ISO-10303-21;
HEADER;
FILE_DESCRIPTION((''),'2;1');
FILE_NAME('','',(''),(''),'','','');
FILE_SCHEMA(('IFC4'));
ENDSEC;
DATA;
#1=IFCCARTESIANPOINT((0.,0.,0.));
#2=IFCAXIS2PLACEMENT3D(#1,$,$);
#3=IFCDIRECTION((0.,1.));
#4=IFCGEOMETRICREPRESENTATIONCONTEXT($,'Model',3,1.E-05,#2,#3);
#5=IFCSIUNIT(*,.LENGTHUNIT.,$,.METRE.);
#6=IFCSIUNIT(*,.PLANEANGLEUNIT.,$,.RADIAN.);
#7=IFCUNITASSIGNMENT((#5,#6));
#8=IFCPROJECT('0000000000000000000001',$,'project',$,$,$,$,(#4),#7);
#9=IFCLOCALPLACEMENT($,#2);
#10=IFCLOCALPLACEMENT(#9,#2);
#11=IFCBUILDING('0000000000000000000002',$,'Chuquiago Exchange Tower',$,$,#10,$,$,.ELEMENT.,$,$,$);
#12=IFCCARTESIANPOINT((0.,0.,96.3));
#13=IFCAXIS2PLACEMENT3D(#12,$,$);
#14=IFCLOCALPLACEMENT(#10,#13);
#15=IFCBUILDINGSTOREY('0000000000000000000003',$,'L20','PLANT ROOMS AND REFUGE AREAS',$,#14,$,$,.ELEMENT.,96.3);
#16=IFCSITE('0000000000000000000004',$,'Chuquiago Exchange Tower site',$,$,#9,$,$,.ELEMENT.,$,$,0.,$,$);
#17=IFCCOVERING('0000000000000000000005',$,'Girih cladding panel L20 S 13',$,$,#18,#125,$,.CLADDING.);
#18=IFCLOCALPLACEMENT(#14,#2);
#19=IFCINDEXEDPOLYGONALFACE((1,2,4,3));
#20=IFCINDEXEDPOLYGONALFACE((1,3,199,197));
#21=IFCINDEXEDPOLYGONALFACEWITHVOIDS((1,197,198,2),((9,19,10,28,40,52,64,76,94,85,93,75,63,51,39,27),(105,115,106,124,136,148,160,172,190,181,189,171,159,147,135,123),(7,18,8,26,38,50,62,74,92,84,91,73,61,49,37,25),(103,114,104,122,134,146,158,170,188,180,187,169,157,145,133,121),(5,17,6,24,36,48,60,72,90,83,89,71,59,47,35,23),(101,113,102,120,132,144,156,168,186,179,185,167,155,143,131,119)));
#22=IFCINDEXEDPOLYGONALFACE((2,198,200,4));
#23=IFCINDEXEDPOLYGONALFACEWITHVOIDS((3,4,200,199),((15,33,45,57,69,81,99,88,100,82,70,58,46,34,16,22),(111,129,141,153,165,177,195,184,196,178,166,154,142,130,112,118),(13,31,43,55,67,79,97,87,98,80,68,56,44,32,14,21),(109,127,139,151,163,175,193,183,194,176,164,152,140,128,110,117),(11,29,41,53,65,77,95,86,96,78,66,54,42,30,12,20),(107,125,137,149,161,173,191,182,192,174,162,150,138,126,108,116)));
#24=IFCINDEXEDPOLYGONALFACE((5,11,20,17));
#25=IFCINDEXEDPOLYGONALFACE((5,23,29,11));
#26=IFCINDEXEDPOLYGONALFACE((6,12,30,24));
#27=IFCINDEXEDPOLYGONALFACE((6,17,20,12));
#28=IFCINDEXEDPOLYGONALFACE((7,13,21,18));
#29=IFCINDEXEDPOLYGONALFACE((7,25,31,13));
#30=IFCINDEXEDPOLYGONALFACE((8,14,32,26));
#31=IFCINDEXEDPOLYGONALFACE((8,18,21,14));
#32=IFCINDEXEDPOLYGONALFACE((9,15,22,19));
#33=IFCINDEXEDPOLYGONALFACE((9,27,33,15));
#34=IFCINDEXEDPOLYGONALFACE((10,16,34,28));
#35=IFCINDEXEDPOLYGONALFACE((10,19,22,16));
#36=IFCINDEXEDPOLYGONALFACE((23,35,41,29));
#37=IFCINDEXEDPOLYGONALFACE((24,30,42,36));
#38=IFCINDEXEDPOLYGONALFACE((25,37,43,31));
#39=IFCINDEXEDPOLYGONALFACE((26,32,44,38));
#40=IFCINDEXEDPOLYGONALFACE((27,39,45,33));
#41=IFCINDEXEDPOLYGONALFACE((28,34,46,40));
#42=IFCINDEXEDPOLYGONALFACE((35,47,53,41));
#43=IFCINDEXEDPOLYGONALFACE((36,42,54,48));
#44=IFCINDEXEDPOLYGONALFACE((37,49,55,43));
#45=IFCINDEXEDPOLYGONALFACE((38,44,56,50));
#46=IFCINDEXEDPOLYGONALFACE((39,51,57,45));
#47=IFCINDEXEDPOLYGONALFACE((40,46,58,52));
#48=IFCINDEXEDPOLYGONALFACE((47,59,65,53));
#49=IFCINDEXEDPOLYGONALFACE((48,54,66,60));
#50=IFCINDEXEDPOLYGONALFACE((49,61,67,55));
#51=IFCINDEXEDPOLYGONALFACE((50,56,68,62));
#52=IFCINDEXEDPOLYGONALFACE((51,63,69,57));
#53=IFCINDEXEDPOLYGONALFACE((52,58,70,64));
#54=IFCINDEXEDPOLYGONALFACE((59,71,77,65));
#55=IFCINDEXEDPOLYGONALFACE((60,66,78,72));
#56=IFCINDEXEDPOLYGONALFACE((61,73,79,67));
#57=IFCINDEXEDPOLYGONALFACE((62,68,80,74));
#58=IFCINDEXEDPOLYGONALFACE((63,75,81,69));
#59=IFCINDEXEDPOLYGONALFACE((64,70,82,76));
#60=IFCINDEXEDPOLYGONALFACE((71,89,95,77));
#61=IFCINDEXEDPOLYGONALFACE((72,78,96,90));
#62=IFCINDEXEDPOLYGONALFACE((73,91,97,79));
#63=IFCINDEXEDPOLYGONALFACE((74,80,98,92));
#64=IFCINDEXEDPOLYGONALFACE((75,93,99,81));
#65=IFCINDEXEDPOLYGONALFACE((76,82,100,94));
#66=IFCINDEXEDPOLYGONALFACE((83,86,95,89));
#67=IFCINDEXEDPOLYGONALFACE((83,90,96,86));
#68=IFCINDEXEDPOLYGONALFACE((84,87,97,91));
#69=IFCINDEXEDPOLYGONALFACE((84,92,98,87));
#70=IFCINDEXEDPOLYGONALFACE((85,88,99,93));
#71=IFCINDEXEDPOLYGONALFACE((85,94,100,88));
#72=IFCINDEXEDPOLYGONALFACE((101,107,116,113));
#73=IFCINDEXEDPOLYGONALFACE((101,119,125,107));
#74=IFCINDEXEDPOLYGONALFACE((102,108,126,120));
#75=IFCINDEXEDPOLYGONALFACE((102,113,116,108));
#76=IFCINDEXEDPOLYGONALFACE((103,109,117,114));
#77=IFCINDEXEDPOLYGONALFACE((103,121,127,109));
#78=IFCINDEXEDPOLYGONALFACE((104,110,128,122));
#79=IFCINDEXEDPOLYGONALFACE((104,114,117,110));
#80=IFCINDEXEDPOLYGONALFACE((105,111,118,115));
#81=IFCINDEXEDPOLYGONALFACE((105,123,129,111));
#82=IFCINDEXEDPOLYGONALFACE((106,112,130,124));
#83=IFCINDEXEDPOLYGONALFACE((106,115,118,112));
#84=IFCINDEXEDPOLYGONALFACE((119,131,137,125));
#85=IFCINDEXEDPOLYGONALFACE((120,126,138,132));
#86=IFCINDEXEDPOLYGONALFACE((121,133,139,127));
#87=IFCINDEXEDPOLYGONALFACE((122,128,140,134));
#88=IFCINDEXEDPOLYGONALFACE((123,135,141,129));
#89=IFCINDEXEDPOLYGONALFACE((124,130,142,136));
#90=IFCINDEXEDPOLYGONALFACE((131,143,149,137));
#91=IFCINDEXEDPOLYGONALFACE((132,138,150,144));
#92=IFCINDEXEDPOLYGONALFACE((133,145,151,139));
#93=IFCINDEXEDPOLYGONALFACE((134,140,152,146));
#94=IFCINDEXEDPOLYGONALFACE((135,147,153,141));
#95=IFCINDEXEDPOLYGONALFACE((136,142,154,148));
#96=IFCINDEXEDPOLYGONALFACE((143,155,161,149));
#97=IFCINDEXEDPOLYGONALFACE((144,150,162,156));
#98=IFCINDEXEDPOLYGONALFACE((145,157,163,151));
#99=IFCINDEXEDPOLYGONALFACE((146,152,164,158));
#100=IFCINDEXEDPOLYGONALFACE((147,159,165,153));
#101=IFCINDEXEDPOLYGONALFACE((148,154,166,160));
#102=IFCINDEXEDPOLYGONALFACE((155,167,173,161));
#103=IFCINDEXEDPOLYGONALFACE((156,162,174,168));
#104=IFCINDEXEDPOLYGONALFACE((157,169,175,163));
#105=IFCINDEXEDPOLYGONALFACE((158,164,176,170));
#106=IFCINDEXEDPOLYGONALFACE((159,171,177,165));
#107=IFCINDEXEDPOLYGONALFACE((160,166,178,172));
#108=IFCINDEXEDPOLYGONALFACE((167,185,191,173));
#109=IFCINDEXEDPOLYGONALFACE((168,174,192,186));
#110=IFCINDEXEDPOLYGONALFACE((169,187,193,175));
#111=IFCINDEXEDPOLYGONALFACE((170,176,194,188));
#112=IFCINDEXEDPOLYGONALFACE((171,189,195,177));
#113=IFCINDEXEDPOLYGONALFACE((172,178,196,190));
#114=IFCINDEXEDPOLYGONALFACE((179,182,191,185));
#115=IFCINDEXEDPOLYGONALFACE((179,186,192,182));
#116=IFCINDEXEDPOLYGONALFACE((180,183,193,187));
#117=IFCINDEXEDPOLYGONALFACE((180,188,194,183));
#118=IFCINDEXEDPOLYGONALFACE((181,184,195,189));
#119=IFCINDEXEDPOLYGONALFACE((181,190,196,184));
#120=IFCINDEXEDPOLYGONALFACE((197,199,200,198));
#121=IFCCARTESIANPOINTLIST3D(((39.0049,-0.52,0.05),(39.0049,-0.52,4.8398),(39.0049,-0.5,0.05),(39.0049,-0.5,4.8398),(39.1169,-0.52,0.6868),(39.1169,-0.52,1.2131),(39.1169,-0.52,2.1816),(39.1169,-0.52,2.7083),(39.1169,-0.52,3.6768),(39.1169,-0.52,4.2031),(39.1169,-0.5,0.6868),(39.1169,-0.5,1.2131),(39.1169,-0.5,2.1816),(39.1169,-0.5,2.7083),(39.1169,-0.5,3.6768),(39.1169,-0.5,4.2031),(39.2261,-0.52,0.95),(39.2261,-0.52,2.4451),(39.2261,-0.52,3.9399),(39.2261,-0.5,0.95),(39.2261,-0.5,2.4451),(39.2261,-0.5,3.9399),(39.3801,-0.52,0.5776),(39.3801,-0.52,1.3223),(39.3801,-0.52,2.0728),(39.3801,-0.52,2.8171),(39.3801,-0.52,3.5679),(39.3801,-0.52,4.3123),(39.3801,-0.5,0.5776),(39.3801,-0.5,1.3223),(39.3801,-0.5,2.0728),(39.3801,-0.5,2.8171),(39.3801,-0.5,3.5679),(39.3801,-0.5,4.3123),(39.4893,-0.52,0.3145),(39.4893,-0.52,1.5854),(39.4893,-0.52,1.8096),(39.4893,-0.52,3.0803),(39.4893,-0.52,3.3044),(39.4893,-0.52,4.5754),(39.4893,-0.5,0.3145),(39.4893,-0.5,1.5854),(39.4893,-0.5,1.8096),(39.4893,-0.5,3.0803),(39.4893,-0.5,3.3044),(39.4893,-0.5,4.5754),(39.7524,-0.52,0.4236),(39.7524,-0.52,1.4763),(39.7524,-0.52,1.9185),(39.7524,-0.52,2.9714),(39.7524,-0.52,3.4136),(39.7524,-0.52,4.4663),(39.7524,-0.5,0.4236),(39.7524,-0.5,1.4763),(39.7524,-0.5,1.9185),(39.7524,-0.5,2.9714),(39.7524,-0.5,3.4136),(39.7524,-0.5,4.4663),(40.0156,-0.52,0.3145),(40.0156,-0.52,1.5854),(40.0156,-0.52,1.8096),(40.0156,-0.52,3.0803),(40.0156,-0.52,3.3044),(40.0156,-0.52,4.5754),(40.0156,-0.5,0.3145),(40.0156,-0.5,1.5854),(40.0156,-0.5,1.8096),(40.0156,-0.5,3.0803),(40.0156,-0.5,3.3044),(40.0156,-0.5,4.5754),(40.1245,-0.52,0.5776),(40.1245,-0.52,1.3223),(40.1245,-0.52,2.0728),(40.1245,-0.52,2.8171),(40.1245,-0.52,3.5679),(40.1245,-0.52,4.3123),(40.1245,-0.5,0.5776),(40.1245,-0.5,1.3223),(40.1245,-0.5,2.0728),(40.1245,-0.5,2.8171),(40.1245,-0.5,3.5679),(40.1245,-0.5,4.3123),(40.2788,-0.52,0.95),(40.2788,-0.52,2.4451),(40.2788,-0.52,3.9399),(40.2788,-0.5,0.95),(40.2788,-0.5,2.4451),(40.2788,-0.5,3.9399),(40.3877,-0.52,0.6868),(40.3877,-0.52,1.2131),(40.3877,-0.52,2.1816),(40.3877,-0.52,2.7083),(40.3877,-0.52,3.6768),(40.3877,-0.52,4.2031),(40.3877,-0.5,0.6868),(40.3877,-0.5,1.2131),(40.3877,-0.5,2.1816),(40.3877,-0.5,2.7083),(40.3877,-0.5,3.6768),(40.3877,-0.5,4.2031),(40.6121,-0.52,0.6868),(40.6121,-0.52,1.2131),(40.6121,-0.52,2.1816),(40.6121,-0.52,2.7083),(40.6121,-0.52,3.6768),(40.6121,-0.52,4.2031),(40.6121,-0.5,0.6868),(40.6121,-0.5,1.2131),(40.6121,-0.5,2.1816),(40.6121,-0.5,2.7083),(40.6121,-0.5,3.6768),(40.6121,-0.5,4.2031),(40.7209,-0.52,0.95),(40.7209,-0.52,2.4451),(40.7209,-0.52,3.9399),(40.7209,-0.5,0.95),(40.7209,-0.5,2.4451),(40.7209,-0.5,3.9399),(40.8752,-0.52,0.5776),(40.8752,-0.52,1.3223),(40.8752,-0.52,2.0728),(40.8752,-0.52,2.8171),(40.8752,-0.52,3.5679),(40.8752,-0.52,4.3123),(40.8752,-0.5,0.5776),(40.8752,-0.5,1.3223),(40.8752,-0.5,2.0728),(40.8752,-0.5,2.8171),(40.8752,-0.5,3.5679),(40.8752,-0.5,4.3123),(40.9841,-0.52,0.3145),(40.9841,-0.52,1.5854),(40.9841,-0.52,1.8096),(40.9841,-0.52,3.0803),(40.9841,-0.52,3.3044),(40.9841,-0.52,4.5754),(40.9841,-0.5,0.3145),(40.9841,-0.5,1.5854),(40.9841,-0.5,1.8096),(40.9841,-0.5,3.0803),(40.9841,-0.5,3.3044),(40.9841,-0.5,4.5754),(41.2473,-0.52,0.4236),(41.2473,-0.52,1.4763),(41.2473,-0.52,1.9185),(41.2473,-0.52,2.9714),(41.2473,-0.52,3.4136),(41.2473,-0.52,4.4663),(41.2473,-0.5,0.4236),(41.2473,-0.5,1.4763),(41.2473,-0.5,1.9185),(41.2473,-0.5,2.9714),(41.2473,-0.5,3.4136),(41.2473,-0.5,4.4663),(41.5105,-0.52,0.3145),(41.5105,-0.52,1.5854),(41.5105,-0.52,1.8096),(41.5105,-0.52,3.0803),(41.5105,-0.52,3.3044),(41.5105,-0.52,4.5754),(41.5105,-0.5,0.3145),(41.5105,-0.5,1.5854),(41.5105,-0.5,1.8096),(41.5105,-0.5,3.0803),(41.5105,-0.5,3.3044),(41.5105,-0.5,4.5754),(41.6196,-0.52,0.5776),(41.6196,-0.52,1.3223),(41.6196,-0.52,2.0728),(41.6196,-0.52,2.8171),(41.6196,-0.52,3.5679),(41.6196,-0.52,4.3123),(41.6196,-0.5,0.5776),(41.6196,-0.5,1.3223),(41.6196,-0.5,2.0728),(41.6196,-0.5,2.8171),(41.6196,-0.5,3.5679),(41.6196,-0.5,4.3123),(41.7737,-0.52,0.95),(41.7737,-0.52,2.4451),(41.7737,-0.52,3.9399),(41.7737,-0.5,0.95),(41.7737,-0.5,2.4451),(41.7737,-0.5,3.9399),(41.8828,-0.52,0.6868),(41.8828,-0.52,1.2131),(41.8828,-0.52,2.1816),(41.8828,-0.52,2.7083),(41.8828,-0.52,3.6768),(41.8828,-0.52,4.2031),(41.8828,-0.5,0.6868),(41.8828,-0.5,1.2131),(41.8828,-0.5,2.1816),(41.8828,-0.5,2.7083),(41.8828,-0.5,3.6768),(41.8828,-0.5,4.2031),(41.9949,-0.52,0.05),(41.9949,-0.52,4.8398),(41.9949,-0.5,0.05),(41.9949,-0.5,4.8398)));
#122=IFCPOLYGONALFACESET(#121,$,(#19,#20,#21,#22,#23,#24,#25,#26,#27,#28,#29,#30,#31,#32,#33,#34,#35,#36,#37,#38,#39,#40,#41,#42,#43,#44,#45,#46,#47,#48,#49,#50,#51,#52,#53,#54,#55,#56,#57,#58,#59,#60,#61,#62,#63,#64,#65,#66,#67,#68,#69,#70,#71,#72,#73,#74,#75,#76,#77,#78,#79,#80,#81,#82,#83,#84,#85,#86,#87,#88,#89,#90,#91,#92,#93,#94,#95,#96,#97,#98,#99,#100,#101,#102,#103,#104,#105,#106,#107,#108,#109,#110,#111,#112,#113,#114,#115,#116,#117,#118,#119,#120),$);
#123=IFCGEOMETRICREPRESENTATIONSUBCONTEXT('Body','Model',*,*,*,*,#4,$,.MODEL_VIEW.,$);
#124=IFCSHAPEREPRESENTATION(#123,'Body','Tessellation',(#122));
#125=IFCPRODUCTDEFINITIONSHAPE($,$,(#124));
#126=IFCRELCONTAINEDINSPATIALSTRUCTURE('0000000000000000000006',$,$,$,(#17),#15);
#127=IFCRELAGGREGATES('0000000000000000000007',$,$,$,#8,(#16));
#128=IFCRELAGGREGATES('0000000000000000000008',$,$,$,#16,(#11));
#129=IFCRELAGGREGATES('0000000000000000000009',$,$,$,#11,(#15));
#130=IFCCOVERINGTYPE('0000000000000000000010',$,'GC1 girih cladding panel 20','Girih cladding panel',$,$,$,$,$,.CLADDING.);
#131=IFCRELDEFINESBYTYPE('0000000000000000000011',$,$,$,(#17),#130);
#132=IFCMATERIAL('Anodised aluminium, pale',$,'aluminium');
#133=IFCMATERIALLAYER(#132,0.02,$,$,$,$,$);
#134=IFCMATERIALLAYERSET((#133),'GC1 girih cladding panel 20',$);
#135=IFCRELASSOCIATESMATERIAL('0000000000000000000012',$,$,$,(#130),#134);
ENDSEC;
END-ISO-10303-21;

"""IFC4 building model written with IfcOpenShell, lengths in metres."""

from ifc_helpers import new_model, si_unit, direction, frame, origin, place, context, subcontext, project, spatial, polyline, outline, extrude, material, layer, layer_set, type_object, element, save


model = new_model("IFC4")

# Units and contexts
model_context = context("Model", 3, precision=1e-05, world=origin(), true_north=direction((0.0, 1.0)))
body_context = subcontext(model_context, "Body", "Model", "MODEL_VIEW")
ifc_project = project(units=[si_unit("LENGTHUNIT", "METRE"), si_unit("PLANEANGLEUNIT", "RADIAN")], contexts=[model_context])

# Site, building, storey
site_placement = place(None, origin())
site = spatial("IfcSite", under=ifc_project, at=site_placement, Name="Chuquiago Exchange Tower site", CompositionType="ELEMENT", RefElevation=0.0)
building_placement = place(site_placement, origin())
building = spatial("IfcBuilding", under=site, at=building_placement, Name="Chuquiago Exchange Tower", CompositionType="ELEMENT")
storey_placement = place(building_placement, frame((0.0, 0.0, 96.3)))
storey = spatial("IfcBuildingStorey", under=building, at=storey_placement, Name="L20", Description="PLANT ROOMS AND REFUGE AREAS", CompositionType="ELEMENT", Elevation=96.3)

# Covering
ifc_material_1 = material(Name="Anodised aluminium, pale", Category="aluminium")
ifc_layer_1 = layer(ifc_material_1, 0.02)
ifc_layer_set_1 = layer_set([ifc_layer_1], Name="GC1 girih cladding panel 20")
covering_type_1 = type_object("IfcCoveringType", Name="GC1 girih cladding panel 20", Description="Girih cladding panel", PredefinedType="CLADDING", material=ifc_layer_set_1)
covering_1_placement = place(storey_placement, frame((39.0049, -0.5, 0.05), z_axis=(0.0, 0.0, 1.0), x_axis=(1.0, 0.0, 0.0)))
element("IfcCovering", 1, at=covering_1_placement, inside=storey, type_object=covering_type_1, Name="Girih cladding panel L20 S 13", PredefinedType="CLADDING", context=body_context, shape_type="SweptSolid", body=[
    extrude(outline(polyline([(0.0, 0.0), (2.99, 0.0), (2.99, 4.7898), (0.0, 4.7898), (0.0, 0.0)]), holes=[polyline([(1.2739, 0.8999), (1.3828, 1.1631), (1.1196, 1.2722), (1.0107, 1.5354), (0.7476, 1.4263), (0.4844, 1.5354), (0.3752, 1.2722), (0.1121, 1.1631), (0.2212, 0.8999), (0.1121, 0.6367), (0.3752, 0.5276), (0.4844, 0.2644), (0.7476, 0.3735), (1.0107, 0.2644), (1.1196, 0.5276), (1.3828, 0.6367), (1.2739, 0.8999)]), polyline([(2.7688, 0.8999), (2.8779, 1.1631), (2.6147, 1.2722), (2.5056, 1.5354), (2.2424, 1.4263), (1.9792, 1.5354), (1.8704, 1.2722), (1.6072, 1.1631), (1.7161, 0.8999), (1.6072, 0.6367), (1.8704, 0.5276), (1.9792, 0.2644), (2.2424, 0.3735), (2.5056, 0.2644), (2.6147, 0.5276), (2.8779, 0.6367), (2.7688, 0.8999)]), polyline([(1.2739, 2.395), (1.3828, 2.6582), (1.1196, 2.7671), (1.0107, 3.0303), (0.7476, 2.9214), (0.4844, 3.0303), (0.3752, 2.7671), (0.1121, 2.6582), (0.2212, 2.395), (0.1121, 2.1316), (0.3752, 2.0227), (0.4844, 1.7595), (0.7476, 1.8684), (1.0107, 1.7595), (1.1196, 2.0227), (1.3828, 2.1316), (1.2739, 2.395)]), polyline([(2.7688, 2.395), (2.8779, 2.6582), (2.6147, 2.7671), (2.5056, 3.0303), (2.2424, 2.9214), (1.9792, 3.0303), (1.8704, 2.7671), (1.6072, 2.6582), (1.7161, 2.395), (1.6072, 2.1316), (1.8704, 2.0227), (1.9792, 1.7595), (2.2424, 1.8684), (2.5056, 1.7595), (2.6147, 2.0227), (2.8779, 2.1316), (2.7688, 2.395)]), polyline([(1.2739, 3.8899), (1.3828, 4.1531), (1.1196, 4.2622), (1.0107, 4.5254), (0.7476, 4.4163), (0.4844, 4.5254), (0.3752, 4.2622), (0.1121, 4.1531), (0.2212, 3.8899), (0.1121, 3.6267), (0.3752, 3.5178), (0.4844, 3.2544), (0.7476, 3.3635), (1.0107, 3.2544), (1.1196, 3.5178), (1.3828, 3.6267), (1.2739, 3.8899)]), polyline([(2.7688, 3.8899), (2.8779, 4.1531), (2.6147, 4.2622), (2.5056, 4.5254), (2.2424, 4.4163), (1.9792, 4.5254), (1.8704, 4.2622), (1.6072, 4.1531), (1.7161, 3.8899), (1.6072, 3.6267), (1.8704, 3.5178), (1.9792, 3.2544), (2.2424, 3.3635), (2.5056, 3.2544), (2.6147, 3.5178), (2.8779, 3.6267), (2.7688, 3.8899)])]), frame((0.0, 0.0, 0.0), z_axis=(0.0, -1.0, 0.0), x_axis=(1.0, 0.0, 0.0)), (0.0, 0.0, 1.0), 0.02),
])

save(model, "model.ifc")
